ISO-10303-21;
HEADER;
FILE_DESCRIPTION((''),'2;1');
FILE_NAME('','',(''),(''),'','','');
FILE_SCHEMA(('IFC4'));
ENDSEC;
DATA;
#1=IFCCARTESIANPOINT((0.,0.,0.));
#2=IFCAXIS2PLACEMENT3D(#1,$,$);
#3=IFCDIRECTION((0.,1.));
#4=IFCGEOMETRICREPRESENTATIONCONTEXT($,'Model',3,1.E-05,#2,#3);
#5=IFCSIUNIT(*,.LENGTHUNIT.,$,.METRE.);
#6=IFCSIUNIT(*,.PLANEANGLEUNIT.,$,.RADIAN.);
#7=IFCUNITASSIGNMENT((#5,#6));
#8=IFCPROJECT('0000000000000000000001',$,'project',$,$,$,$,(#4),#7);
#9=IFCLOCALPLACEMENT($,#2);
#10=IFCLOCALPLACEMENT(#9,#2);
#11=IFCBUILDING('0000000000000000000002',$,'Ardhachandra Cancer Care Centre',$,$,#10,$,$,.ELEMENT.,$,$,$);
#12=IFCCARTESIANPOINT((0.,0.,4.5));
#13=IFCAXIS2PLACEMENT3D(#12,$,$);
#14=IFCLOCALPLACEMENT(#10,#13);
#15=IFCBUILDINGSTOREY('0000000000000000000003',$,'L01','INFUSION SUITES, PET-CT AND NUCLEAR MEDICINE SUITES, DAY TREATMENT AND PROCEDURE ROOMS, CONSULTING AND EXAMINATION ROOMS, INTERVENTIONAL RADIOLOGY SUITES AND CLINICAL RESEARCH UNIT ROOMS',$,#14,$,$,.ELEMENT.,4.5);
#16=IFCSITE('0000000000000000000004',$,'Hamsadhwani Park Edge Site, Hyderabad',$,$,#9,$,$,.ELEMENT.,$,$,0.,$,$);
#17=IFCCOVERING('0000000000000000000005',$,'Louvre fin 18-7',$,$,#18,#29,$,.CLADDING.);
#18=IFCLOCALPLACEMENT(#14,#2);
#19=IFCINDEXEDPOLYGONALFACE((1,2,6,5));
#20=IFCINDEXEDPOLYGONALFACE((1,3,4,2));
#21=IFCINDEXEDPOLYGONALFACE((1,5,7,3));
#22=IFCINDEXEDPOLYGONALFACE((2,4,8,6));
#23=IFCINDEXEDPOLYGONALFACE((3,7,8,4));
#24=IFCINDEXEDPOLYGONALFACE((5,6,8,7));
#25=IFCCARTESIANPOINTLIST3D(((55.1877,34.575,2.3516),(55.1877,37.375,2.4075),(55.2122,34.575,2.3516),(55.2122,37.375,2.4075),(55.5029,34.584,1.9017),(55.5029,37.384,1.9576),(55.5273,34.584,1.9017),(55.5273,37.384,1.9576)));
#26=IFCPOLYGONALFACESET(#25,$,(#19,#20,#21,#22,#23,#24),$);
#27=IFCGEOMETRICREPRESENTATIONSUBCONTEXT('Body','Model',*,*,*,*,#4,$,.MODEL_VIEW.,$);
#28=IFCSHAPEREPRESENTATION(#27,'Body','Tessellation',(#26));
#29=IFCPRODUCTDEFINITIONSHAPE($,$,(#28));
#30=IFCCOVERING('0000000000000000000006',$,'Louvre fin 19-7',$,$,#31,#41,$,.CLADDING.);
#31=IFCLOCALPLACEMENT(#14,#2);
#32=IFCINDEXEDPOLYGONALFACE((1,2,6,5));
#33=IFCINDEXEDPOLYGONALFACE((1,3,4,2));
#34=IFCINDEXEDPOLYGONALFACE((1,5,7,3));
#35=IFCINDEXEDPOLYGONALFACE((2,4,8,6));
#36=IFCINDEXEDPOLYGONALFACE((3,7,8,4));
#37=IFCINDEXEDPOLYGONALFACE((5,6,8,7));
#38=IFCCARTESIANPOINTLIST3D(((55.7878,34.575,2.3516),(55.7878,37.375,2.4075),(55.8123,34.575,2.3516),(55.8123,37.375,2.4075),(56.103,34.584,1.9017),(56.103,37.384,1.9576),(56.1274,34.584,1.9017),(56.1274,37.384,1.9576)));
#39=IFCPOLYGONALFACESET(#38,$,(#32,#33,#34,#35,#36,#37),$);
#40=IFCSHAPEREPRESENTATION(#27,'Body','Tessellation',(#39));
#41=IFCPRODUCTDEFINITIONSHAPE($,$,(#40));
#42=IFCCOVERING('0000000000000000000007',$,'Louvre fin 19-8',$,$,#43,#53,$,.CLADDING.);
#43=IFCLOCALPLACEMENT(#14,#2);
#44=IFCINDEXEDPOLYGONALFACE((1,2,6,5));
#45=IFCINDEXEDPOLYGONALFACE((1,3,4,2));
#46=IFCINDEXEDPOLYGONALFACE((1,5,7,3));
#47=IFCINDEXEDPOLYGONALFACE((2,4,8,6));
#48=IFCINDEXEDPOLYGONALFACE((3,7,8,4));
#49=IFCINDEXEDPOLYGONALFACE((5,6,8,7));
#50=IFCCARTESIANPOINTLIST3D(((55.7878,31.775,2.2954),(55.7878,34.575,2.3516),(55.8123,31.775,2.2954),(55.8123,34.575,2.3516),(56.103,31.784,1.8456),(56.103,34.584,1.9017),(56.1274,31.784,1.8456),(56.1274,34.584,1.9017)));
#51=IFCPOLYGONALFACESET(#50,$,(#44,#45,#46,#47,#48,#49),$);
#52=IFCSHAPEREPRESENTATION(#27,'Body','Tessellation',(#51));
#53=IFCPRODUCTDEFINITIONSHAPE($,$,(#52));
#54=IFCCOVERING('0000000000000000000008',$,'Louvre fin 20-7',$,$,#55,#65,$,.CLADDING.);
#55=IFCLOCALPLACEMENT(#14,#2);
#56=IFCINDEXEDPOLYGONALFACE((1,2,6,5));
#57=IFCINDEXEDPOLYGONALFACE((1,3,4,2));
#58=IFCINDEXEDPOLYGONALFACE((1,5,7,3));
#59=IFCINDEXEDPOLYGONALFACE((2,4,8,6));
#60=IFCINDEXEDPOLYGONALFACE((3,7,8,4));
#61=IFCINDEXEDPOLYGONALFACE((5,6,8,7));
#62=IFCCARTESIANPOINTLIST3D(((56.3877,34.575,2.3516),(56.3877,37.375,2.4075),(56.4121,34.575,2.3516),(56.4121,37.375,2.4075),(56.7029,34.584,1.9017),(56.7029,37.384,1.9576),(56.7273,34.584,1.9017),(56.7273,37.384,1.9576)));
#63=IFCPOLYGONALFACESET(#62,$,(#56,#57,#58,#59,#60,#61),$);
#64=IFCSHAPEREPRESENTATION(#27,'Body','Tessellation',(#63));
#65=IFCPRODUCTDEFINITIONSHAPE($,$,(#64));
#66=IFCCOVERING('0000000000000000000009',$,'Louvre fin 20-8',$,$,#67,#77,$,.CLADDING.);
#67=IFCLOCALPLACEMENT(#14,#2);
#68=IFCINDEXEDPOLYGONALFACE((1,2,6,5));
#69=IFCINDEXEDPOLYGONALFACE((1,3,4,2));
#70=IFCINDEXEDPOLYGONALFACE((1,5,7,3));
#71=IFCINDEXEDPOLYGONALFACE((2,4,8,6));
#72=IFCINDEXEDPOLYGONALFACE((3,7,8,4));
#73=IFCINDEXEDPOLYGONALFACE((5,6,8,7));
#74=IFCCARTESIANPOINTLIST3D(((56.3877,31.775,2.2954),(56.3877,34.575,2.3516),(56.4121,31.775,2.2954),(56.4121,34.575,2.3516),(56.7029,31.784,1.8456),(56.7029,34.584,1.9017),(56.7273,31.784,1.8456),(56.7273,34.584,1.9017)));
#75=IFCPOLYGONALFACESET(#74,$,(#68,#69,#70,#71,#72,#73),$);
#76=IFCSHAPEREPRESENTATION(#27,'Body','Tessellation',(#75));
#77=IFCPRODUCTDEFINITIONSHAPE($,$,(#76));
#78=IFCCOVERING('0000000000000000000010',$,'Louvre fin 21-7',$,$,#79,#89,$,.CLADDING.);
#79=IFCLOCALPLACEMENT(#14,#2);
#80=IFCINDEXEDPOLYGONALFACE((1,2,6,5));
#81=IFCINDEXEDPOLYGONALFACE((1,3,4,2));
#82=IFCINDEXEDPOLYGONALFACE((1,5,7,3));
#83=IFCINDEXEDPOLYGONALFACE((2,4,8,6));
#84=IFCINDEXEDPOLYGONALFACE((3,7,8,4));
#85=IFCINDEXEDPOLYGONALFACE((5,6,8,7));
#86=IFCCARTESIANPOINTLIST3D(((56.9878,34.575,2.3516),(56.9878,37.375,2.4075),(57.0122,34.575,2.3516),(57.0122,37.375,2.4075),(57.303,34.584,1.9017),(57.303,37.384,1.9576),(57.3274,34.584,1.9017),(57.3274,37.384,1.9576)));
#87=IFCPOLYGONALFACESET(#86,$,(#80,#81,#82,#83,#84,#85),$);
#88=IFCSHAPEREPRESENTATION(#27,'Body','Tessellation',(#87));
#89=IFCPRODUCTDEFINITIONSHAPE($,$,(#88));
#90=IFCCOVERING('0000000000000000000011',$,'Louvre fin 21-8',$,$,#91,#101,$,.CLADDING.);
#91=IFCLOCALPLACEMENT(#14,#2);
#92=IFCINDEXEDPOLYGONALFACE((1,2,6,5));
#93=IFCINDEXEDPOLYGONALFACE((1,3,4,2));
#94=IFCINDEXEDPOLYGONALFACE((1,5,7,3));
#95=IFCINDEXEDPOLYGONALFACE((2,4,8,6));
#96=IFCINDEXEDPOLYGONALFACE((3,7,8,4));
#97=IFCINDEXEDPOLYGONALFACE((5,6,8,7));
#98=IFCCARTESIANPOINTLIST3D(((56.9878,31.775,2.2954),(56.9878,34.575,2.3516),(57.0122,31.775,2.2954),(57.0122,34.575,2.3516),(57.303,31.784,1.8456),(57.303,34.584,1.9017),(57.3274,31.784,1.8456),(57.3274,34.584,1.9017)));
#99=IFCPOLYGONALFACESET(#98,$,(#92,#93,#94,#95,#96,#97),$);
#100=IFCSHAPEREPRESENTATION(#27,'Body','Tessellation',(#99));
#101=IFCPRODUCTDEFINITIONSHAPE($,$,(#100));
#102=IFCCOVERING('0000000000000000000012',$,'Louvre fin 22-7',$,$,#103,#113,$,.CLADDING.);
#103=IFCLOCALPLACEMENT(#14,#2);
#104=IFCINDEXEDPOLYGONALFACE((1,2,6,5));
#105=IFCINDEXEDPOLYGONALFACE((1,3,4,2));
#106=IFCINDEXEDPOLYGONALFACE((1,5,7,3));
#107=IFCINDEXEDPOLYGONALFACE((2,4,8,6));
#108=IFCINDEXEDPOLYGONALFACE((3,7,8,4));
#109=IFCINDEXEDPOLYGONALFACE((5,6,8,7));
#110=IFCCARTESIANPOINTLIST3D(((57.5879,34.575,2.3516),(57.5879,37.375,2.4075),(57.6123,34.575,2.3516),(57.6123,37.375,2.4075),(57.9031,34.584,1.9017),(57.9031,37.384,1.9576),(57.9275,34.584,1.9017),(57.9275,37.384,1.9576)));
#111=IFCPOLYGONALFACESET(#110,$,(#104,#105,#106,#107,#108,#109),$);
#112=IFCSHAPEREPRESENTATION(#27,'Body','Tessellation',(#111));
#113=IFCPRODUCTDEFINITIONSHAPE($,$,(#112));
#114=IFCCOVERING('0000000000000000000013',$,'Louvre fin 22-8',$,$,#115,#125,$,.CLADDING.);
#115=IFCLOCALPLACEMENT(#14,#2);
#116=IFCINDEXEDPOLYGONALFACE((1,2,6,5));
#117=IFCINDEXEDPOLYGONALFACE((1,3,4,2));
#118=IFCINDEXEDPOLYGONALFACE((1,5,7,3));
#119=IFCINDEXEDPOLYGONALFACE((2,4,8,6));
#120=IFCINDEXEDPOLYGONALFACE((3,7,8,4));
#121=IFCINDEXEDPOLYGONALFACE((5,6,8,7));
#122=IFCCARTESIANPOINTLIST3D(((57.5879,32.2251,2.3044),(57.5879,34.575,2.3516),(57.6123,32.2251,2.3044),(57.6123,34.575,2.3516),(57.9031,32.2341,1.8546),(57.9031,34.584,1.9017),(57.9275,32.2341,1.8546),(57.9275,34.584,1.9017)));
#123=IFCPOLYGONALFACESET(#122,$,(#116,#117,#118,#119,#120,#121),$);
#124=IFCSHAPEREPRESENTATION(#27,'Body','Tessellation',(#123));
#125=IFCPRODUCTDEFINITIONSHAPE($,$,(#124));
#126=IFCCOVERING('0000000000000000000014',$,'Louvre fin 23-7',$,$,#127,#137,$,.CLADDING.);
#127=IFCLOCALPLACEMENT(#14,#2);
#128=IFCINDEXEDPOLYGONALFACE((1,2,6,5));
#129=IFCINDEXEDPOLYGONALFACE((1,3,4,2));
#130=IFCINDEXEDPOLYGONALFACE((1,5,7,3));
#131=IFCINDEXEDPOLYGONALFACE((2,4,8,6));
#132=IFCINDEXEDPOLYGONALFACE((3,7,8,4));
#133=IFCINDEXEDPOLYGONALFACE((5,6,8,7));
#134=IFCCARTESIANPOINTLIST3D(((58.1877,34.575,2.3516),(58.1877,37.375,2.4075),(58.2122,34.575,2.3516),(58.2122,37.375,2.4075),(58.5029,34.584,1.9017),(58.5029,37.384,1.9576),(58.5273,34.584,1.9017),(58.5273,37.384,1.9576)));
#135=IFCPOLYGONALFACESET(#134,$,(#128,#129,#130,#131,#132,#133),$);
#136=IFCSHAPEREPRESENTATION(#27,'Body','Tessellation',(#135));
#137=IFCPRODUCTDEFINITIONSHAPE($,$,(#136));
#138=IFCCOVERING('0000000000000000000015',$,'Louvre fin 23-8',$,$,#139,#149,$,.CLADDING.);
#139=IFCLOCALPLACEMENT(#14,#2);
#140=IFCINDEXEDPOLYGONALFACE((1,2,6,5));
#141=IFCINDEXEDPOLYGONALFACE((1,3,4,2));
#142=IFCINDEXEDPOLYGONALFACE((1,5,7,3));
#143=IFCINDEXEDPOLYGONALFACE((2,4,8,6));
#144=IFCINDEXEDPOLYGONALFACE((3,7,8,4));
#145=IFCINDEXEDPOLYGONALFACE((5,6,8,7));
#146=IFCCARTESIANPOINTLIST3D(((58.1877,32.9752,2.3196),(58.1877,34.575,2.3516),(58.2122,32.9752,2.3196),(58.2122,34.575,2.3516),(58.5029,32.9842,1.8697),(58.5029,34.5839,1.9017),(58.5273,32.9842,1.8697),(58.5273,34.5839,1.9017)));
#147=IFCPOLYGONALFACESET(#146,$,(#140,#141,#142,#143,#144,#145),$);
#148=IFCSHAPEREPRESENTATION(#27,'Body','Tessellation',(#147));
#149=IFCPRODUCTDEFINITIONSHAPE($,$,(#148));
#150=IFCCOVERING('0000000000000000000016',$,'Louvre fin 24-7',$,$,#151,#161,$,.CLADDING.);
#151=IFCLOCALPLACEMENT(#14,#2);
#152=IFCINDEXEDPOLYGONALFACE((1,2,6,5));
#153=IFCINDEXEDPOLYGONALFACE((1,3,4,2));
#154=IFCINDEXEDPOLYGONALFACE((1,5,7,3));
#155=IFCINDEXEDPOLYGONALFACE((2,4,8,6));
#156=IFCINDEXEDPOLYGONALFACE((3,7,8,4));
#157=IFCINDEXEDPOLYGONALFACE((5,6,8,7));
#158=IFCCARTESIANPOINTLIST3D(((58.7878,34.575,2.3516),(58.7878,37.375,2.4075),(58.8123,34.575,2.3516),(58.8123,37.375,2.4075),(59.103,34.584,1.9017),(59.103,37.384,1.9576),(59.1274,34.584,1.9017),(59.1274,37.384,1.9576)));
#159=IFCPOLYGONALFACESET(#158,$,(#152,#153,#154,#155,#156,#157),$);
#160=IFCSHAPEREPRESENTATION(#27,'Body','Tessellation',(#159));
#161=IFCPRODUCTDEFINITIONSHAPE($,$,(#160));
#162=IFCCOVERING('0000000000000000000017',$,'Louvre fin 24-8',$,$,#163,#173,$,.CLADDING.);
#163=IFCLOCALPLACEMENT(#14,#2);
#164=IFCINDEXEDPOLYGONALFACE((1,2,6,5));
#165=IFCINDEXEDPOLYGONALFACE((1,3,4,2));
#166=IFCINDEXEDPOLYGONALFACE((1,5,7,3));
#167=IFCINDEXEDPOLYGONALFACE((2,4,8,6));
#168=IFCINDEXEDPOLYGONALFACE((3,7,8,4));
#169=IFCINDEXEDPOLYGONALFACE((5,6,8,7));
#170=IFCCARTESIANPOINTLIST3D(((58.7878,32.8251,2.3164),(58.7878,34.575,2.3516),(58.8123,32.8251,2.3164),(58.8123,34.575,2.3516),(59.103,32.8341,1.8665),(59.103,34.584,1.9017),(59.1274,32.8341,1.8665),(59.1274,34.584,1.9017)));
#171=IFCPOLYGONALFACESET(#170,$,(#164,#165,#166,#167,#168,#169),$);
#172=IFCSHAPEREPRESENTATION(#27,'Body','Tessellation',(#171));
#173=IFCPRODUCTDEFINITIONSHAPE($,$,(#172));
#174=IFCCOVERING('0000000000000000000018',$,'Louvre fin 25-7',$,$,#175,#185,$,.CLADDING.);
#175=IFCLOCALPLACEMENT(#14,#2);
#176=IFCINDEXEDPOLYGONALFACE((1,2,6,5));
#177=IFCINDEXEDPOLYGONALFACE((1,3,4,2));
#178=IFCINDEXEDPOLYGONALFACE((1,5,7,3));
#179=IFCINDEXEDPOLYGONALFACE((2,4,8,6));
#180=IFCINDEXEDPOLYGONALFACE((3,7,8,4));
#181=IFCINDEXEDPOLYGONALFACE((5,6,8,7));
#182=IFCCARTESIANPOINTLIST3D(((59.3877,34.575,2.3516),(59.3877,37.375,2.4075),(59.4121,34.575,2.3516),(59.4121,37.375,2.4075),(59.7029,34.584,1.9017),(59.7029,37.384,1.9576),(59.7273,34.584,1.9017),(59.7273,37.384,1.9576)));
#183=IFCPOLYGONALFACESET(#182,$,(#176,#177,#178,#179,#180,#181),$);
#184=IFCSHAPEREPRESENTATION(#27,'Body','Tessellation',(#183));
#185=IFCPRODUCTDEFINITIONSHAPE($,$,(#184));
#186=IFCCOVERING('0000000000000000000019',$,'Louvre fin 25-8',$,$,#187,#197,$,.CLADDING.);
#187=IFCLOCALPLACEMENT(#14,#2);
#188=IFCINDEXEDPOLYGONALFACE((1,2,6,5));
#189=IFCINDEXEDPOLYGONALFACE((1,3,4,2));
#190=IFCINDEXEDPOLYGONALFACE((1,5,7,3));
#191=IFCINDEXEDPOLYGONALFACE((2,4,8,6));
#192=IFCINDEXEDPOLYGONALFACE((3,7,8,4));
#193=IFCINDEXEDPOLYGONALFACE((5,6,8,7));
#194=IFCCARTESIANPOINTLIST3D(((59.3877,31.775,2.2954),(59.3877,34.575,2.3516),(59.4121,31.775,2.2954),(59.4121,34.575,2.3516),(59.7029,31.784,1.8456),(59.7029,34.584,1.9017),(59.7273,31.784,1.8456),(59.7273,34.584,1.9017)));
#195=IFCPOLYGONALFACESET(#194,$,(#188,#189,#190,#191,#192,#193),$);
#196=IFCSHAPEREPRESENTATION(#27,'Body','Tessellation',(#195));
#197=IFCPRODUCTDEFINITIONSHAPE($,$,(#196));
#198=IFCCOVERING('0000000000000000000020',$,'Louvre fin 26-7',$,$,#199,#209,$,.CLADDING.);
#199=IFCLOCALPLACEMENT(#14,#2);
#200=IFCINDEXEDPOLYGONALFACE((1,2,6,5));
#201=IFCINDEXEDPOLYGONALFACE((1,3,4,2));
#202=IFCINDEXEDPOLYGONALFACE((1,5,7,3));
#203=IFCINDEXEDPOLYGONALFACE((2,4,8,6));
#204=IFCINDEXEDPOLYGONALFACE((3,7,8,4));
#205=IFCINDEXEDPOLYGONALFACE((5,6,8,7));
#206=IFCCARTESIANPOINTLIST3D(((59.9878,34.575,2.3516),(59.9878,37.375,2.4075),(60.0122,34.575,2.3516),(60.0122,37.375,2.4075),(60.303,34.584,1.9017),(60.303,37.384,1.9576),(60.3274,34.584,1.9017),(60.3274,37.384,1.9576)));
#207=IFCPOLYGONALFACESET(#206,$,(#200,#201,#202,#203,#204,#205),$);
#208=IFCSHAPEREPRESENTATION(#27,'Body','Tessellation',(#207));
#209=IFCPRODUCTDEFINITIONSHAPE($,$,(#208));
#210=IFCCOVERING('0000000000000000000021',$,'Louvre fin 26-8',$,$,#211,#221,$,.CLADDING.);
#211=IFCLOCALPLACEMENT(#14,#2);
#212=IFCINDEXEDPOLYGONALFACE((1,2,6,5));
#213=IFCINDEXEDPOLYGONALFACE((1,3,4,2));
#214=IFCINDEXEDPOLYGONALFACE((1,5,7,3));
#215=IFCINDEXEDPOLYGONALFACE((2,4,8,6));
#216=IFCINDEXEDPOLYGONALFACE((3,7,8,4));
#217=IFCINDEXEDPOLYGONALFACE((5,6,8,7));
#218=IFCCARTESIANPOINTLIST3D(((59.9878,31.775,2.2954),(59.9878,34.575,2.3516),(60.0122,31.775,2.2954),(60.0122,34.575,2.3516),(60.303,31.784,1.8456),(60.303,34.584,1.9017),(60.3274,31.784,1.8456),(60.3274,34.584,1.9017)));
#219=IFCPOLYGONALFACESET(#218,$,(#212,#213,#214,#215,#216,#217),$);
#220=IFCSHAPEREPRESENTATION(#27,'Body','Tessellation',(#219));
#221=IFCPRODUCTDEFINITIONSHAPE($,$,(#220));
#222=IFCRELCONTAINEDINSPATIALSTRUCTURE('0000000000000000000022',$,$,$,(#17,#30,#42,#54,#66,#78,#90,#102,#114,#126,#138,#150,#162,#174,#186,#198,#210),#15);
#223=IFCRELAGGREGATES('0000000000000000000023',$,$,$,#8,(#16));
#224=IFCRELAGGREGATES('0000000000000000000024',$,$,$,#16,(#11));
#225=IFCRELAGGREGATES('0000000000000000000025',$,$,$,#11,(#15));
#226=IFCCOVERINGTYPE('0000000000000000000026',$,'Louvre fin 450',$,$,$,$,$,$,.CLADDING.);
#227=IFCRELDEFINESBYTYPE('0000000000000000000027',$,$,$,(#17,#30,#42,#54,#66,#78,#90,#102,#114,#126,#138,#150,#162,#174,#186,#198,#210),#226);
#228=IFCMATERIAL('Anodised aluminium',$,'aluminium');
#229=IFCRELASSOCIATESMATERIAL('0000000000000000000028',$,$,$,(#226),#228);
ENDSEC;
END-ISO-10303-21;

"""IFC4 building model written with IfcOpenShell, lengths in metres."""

from ifc_helpers import new_model, si_unit, direction, frame, origin, place, context, subcontext, project, spatial, polyline, outline, extrude, material, material_profile, profile_set, type_object, element, save


model = new_model("IFC4")

# Units and contexts
model_context = context("Model", 3, precision=1e-05, world=origin(), true_north=direction((0.0, 1.0)))
body_context = subcontext(model_context, "Body", "Model", "MODEL_VIEW")
ifc_project = project(units=[si_unit("LENGTHUNIT", "METRE"), si_unit("PLANEANGLEUNIT", "RADIAN")], contexts=[model_context])

# Site, building, storey
site_placement = place(None, origin())
site = spatial("IfcSite", under=ifc_project, at=site_placement, Name="Hamsadhwani Park Edge Site, Hyderabad", CompositionType="ELEMENT", RefElevation=0.0)
building_placement = place(site_placement, origin())
building = spatial("IfcBuilding", under=site, at=building_placement, Name="Ardhachandra Cancer Care Centre", CompositionType="ELEMENT")
storey_placement = place(building_placement, frame((0.0, 0.0, 4.5)))
storey = spatial("IfcBuildingStorey", under=building, at=storey_placement, Name="L01", Description="INFUSION SUITES, PET-CT AND NUCLEAR MEDICINE SUITES, DAY TREATMENT AND PROCEDURE ROOMS, CONSULTING AND EXAMINATION ROOMS, INTERVENTIONAL RADIOLOGY SUITES AND CLINICAL RESEARCH UNIT ROOMS", CompositionType="ELEMENT", Elevation=4.5)

# Coverings
ifc_material_1 = material(Name="Anodised aluminium", Category="aluminium")
ifc_material_profile_1 = material_profile(ifc_material_1, outline(polyline([(-0.0122, 0.0), (0.0122, 0.0), (0.3274, -0.45), (0.303, -0.45), (-0.0122, 0.0)])), Name="Louvre fin 450")
ifc_profile_set_1 = profile_set([ifc_material_profile_1], Name="Anodised aluminium")
covering_type = type_object("IfcCoveringType", Name="Louvre fin 450", PredefinedType="CLADDING", material=ifc_profile_set_1)
for number, where, z_axis, x_axis, name in (
    (1, (55.2, 37.375, 2.4075), (0.0, -0.999801, -0.019963), (1.0, 0.0, 0.0), "Louvre fin 18-7"),
    (2, (55.8, 37.375, 2.4075), (0.0, -0.999801, -0.019963), (1.0, 0.0, 0.0), "Louvre fin 19-7"),
    (3, (55.8, 34.575, 2.3516), (0.0, -0.999799, -0.02005), (1.0, 0.0, 0.0), "Louvre fin 19-8"),
    (4, (56.3999, 37.375, 2.4075), (0.0, -0.999801, -0.019963), (1.0, 0.0, 0.0), "Louvre fin 20-7"),
    (5, (56.3999, 34.575, 2.3516), (0.0, -0.999799, -0.02005), (1.0, 0.0, 0.0), "Louvre fin 20-8"),
    (6, (57.0, 37.375, 2.4075), (0.0, -0.999801, -0.019963), (1.0, 0.0, 0.0), "Louvre fin 21-7"),
    (7, (57.0, 34.575, 2.3516), (0.0, -0.999799, -0.02005), (1.0, 0.0, 0.0), "Louvre fin 21-8"),
    (8, (57.6001, 37.375, 2.4075), (0.0, -0.999801, -0.019963), (1.0, 0.0, 0.0), "Louvre fin 22-7"),
):
    element("IfcCovering", number, at=place(storey_placement, frame(where, z_axis=z_axis, x_axis=x_axis)), inside=storey, type_object=covering_type, Name=name, PredefinedType="CLADDING", context=body_context, shape_type="SweptSolid", body=[
        extrude(outline(polyline([(-0.0122, 0.0), (0.0122, 0.0), (0.3274, -0.45), (0.303, -0.45), (-0.0122, 0.0)])), origin(), (0.0, 0.0, 1.0), 2.8005),
    ])
covering_1_placement = place(storey_placement, frame((57.6001, 34.575, 2.3516), z_axis=(0.0, -0.999799, -0.020048), x_axis=(1.0, 0.0, 0.0)))
element("IfcCovering", 9, at=covering_1_placement, inside=storey, type_object=covering_type, Name="Louvre fin 22-8", PredefinedType="CLADDING", context=body_context, shape_type="SweptSolid", body=[
    extrude(outline(polyline([(-0.0122, 0.0), (0.0122, 0.0), (0.3274, -0.45), (0.303, -0.45), (-0.0122, 0.0)])), origin(), (0.0, 0.0, 1.0), 2.3503),
])
covering_2_placement = place(storey_placement, frame((58.2, 37.375, 2.4075), z_axis=(0.0, -0.999801, -0.019963), x_axis=(1.0, 0.0, 0.0)))
element("IfcCovering", 10, at=covering_2_placement, inside=storey, type_object=covering_type, Name="Louvre fin 23-7", PredefinedType="CLADDING", context=body_context, shape_type="SweptSolid", body=[
    extrude(outline(polyline([(-0.0122, 0.0), (0.0122, 0.0), (0.3274, -0.45), (0.303, -0.45), (-0.0122, 0.0)])), origin(), (0.0, 0.0, 1.0), 2.8005),
])
covering_3_placement = place(storey_placement, frame((58.2, 34.575, 2.3516), z_axis=(0.0, -0.9998, -0.019987), x_axis=(1.0, 0.0, 0.0)))
element("IfcCovering", 11, at=covering_3_placement, inside=storey, type_object=covering_type, Name="Louvre fin 23-8", PredefinedType="CLADDING", context=body_context, shape_type="SweptSolid", body=[
    extrude(outline(polyline([(-0.0122, 0.0), (0.0122, 0.0), (0.3274, -0.45), (0.303, -0.45), (-0.0122, 0.0)])), origin(), (0.0, 0.0, 1.0), 1.6001),
])
covering_4_placement = place(storey_placement, frame((58.8, 37.375, 2.4075), z_axis=(0.0, -0.999801, -0.019963), x_axis=(1.0, 0.0, 0.0)))
element("IfcCovering", 12, at=covering_4_placement, inside=storey, type_object=covering_type, Name="Louvre fin 24-7", PredefinedType="CLADDING", context=body_context, shape_type="SweptSolid", body=[
    extrude(outline(polyline([(-0.0122, 0.0), (0.0122, 0.0), (0.3274, -0.45), (0.303, -0.45), (-0.0122, 0.0)])), origin(), (0.0, 0.0, 1.0), 2.8005),
])
covering_5_placement = place(storey_placement, frame((58.8, 34.575, 2.3516), z_axis=(0.0, -0.999798, -0.020085), x_axis=(1.0, 0.0, 0.0)))
element("IfcCovering", 13, at=covering_5_placement, inside=storey, type_object=covering_type, Name="Louvre fin 24-8", PredefinedType="CLADDING", context=body_context, shape_type="SweptSolid", body=[
    extrude(outline(polyline([(-0.0122, 0.0), (0.0122, 0.0), (0.3274, -0.45), (0.303, -0.45), (-0.0122, 0.0)])), origin(), (0.0, 0.0, 1.0), 1.7502),
])
for number, where, z_axis, x_axis, name in (
    (14, (59.3999, 37.375, 2.4075), (0.0, -0.999801, -0.019963), (1.0, 0.0, 0.0), "Louvre fin 25-7"),
    (15, (59.3999, 34.575, 2.3516), (0.0, -0.999799, -0.02005), (1.0, 0.0, 0.0), "Louvre fin 25-8"),
    (16, (60.0, 37.375, 2.4075), (0.0, -0.999801, -0.019963), (1.0, 0.0, 0.0), "Louvre fin 26-7"),
    (17, (60.0, 34.575, 2.3516), (0.0, -0.999799, -0.02005), (1.0, 0.0, 0.0), "Louvre fin 26-8"),
):
    element("IfcCovering", number, at=place(storey_placement, frame(where, z_axis=z_axis, x_axis=x_axis)), inside=storey, type_object=covering_type, Name=name, PredefinedType="CLADDING", context=body_context, shape_type="SweptSolid", body=[
        extrude(outline(polyline([(-0.0122, 0.0), (0.0122, 0.0), (0.3274, -0.45), (0.303, -0.45), (-0.0122, 0.0)])), origin(), (0.0, 0.0, 1.0), 2.8005),
    ])

save(model, "model.ifc")
